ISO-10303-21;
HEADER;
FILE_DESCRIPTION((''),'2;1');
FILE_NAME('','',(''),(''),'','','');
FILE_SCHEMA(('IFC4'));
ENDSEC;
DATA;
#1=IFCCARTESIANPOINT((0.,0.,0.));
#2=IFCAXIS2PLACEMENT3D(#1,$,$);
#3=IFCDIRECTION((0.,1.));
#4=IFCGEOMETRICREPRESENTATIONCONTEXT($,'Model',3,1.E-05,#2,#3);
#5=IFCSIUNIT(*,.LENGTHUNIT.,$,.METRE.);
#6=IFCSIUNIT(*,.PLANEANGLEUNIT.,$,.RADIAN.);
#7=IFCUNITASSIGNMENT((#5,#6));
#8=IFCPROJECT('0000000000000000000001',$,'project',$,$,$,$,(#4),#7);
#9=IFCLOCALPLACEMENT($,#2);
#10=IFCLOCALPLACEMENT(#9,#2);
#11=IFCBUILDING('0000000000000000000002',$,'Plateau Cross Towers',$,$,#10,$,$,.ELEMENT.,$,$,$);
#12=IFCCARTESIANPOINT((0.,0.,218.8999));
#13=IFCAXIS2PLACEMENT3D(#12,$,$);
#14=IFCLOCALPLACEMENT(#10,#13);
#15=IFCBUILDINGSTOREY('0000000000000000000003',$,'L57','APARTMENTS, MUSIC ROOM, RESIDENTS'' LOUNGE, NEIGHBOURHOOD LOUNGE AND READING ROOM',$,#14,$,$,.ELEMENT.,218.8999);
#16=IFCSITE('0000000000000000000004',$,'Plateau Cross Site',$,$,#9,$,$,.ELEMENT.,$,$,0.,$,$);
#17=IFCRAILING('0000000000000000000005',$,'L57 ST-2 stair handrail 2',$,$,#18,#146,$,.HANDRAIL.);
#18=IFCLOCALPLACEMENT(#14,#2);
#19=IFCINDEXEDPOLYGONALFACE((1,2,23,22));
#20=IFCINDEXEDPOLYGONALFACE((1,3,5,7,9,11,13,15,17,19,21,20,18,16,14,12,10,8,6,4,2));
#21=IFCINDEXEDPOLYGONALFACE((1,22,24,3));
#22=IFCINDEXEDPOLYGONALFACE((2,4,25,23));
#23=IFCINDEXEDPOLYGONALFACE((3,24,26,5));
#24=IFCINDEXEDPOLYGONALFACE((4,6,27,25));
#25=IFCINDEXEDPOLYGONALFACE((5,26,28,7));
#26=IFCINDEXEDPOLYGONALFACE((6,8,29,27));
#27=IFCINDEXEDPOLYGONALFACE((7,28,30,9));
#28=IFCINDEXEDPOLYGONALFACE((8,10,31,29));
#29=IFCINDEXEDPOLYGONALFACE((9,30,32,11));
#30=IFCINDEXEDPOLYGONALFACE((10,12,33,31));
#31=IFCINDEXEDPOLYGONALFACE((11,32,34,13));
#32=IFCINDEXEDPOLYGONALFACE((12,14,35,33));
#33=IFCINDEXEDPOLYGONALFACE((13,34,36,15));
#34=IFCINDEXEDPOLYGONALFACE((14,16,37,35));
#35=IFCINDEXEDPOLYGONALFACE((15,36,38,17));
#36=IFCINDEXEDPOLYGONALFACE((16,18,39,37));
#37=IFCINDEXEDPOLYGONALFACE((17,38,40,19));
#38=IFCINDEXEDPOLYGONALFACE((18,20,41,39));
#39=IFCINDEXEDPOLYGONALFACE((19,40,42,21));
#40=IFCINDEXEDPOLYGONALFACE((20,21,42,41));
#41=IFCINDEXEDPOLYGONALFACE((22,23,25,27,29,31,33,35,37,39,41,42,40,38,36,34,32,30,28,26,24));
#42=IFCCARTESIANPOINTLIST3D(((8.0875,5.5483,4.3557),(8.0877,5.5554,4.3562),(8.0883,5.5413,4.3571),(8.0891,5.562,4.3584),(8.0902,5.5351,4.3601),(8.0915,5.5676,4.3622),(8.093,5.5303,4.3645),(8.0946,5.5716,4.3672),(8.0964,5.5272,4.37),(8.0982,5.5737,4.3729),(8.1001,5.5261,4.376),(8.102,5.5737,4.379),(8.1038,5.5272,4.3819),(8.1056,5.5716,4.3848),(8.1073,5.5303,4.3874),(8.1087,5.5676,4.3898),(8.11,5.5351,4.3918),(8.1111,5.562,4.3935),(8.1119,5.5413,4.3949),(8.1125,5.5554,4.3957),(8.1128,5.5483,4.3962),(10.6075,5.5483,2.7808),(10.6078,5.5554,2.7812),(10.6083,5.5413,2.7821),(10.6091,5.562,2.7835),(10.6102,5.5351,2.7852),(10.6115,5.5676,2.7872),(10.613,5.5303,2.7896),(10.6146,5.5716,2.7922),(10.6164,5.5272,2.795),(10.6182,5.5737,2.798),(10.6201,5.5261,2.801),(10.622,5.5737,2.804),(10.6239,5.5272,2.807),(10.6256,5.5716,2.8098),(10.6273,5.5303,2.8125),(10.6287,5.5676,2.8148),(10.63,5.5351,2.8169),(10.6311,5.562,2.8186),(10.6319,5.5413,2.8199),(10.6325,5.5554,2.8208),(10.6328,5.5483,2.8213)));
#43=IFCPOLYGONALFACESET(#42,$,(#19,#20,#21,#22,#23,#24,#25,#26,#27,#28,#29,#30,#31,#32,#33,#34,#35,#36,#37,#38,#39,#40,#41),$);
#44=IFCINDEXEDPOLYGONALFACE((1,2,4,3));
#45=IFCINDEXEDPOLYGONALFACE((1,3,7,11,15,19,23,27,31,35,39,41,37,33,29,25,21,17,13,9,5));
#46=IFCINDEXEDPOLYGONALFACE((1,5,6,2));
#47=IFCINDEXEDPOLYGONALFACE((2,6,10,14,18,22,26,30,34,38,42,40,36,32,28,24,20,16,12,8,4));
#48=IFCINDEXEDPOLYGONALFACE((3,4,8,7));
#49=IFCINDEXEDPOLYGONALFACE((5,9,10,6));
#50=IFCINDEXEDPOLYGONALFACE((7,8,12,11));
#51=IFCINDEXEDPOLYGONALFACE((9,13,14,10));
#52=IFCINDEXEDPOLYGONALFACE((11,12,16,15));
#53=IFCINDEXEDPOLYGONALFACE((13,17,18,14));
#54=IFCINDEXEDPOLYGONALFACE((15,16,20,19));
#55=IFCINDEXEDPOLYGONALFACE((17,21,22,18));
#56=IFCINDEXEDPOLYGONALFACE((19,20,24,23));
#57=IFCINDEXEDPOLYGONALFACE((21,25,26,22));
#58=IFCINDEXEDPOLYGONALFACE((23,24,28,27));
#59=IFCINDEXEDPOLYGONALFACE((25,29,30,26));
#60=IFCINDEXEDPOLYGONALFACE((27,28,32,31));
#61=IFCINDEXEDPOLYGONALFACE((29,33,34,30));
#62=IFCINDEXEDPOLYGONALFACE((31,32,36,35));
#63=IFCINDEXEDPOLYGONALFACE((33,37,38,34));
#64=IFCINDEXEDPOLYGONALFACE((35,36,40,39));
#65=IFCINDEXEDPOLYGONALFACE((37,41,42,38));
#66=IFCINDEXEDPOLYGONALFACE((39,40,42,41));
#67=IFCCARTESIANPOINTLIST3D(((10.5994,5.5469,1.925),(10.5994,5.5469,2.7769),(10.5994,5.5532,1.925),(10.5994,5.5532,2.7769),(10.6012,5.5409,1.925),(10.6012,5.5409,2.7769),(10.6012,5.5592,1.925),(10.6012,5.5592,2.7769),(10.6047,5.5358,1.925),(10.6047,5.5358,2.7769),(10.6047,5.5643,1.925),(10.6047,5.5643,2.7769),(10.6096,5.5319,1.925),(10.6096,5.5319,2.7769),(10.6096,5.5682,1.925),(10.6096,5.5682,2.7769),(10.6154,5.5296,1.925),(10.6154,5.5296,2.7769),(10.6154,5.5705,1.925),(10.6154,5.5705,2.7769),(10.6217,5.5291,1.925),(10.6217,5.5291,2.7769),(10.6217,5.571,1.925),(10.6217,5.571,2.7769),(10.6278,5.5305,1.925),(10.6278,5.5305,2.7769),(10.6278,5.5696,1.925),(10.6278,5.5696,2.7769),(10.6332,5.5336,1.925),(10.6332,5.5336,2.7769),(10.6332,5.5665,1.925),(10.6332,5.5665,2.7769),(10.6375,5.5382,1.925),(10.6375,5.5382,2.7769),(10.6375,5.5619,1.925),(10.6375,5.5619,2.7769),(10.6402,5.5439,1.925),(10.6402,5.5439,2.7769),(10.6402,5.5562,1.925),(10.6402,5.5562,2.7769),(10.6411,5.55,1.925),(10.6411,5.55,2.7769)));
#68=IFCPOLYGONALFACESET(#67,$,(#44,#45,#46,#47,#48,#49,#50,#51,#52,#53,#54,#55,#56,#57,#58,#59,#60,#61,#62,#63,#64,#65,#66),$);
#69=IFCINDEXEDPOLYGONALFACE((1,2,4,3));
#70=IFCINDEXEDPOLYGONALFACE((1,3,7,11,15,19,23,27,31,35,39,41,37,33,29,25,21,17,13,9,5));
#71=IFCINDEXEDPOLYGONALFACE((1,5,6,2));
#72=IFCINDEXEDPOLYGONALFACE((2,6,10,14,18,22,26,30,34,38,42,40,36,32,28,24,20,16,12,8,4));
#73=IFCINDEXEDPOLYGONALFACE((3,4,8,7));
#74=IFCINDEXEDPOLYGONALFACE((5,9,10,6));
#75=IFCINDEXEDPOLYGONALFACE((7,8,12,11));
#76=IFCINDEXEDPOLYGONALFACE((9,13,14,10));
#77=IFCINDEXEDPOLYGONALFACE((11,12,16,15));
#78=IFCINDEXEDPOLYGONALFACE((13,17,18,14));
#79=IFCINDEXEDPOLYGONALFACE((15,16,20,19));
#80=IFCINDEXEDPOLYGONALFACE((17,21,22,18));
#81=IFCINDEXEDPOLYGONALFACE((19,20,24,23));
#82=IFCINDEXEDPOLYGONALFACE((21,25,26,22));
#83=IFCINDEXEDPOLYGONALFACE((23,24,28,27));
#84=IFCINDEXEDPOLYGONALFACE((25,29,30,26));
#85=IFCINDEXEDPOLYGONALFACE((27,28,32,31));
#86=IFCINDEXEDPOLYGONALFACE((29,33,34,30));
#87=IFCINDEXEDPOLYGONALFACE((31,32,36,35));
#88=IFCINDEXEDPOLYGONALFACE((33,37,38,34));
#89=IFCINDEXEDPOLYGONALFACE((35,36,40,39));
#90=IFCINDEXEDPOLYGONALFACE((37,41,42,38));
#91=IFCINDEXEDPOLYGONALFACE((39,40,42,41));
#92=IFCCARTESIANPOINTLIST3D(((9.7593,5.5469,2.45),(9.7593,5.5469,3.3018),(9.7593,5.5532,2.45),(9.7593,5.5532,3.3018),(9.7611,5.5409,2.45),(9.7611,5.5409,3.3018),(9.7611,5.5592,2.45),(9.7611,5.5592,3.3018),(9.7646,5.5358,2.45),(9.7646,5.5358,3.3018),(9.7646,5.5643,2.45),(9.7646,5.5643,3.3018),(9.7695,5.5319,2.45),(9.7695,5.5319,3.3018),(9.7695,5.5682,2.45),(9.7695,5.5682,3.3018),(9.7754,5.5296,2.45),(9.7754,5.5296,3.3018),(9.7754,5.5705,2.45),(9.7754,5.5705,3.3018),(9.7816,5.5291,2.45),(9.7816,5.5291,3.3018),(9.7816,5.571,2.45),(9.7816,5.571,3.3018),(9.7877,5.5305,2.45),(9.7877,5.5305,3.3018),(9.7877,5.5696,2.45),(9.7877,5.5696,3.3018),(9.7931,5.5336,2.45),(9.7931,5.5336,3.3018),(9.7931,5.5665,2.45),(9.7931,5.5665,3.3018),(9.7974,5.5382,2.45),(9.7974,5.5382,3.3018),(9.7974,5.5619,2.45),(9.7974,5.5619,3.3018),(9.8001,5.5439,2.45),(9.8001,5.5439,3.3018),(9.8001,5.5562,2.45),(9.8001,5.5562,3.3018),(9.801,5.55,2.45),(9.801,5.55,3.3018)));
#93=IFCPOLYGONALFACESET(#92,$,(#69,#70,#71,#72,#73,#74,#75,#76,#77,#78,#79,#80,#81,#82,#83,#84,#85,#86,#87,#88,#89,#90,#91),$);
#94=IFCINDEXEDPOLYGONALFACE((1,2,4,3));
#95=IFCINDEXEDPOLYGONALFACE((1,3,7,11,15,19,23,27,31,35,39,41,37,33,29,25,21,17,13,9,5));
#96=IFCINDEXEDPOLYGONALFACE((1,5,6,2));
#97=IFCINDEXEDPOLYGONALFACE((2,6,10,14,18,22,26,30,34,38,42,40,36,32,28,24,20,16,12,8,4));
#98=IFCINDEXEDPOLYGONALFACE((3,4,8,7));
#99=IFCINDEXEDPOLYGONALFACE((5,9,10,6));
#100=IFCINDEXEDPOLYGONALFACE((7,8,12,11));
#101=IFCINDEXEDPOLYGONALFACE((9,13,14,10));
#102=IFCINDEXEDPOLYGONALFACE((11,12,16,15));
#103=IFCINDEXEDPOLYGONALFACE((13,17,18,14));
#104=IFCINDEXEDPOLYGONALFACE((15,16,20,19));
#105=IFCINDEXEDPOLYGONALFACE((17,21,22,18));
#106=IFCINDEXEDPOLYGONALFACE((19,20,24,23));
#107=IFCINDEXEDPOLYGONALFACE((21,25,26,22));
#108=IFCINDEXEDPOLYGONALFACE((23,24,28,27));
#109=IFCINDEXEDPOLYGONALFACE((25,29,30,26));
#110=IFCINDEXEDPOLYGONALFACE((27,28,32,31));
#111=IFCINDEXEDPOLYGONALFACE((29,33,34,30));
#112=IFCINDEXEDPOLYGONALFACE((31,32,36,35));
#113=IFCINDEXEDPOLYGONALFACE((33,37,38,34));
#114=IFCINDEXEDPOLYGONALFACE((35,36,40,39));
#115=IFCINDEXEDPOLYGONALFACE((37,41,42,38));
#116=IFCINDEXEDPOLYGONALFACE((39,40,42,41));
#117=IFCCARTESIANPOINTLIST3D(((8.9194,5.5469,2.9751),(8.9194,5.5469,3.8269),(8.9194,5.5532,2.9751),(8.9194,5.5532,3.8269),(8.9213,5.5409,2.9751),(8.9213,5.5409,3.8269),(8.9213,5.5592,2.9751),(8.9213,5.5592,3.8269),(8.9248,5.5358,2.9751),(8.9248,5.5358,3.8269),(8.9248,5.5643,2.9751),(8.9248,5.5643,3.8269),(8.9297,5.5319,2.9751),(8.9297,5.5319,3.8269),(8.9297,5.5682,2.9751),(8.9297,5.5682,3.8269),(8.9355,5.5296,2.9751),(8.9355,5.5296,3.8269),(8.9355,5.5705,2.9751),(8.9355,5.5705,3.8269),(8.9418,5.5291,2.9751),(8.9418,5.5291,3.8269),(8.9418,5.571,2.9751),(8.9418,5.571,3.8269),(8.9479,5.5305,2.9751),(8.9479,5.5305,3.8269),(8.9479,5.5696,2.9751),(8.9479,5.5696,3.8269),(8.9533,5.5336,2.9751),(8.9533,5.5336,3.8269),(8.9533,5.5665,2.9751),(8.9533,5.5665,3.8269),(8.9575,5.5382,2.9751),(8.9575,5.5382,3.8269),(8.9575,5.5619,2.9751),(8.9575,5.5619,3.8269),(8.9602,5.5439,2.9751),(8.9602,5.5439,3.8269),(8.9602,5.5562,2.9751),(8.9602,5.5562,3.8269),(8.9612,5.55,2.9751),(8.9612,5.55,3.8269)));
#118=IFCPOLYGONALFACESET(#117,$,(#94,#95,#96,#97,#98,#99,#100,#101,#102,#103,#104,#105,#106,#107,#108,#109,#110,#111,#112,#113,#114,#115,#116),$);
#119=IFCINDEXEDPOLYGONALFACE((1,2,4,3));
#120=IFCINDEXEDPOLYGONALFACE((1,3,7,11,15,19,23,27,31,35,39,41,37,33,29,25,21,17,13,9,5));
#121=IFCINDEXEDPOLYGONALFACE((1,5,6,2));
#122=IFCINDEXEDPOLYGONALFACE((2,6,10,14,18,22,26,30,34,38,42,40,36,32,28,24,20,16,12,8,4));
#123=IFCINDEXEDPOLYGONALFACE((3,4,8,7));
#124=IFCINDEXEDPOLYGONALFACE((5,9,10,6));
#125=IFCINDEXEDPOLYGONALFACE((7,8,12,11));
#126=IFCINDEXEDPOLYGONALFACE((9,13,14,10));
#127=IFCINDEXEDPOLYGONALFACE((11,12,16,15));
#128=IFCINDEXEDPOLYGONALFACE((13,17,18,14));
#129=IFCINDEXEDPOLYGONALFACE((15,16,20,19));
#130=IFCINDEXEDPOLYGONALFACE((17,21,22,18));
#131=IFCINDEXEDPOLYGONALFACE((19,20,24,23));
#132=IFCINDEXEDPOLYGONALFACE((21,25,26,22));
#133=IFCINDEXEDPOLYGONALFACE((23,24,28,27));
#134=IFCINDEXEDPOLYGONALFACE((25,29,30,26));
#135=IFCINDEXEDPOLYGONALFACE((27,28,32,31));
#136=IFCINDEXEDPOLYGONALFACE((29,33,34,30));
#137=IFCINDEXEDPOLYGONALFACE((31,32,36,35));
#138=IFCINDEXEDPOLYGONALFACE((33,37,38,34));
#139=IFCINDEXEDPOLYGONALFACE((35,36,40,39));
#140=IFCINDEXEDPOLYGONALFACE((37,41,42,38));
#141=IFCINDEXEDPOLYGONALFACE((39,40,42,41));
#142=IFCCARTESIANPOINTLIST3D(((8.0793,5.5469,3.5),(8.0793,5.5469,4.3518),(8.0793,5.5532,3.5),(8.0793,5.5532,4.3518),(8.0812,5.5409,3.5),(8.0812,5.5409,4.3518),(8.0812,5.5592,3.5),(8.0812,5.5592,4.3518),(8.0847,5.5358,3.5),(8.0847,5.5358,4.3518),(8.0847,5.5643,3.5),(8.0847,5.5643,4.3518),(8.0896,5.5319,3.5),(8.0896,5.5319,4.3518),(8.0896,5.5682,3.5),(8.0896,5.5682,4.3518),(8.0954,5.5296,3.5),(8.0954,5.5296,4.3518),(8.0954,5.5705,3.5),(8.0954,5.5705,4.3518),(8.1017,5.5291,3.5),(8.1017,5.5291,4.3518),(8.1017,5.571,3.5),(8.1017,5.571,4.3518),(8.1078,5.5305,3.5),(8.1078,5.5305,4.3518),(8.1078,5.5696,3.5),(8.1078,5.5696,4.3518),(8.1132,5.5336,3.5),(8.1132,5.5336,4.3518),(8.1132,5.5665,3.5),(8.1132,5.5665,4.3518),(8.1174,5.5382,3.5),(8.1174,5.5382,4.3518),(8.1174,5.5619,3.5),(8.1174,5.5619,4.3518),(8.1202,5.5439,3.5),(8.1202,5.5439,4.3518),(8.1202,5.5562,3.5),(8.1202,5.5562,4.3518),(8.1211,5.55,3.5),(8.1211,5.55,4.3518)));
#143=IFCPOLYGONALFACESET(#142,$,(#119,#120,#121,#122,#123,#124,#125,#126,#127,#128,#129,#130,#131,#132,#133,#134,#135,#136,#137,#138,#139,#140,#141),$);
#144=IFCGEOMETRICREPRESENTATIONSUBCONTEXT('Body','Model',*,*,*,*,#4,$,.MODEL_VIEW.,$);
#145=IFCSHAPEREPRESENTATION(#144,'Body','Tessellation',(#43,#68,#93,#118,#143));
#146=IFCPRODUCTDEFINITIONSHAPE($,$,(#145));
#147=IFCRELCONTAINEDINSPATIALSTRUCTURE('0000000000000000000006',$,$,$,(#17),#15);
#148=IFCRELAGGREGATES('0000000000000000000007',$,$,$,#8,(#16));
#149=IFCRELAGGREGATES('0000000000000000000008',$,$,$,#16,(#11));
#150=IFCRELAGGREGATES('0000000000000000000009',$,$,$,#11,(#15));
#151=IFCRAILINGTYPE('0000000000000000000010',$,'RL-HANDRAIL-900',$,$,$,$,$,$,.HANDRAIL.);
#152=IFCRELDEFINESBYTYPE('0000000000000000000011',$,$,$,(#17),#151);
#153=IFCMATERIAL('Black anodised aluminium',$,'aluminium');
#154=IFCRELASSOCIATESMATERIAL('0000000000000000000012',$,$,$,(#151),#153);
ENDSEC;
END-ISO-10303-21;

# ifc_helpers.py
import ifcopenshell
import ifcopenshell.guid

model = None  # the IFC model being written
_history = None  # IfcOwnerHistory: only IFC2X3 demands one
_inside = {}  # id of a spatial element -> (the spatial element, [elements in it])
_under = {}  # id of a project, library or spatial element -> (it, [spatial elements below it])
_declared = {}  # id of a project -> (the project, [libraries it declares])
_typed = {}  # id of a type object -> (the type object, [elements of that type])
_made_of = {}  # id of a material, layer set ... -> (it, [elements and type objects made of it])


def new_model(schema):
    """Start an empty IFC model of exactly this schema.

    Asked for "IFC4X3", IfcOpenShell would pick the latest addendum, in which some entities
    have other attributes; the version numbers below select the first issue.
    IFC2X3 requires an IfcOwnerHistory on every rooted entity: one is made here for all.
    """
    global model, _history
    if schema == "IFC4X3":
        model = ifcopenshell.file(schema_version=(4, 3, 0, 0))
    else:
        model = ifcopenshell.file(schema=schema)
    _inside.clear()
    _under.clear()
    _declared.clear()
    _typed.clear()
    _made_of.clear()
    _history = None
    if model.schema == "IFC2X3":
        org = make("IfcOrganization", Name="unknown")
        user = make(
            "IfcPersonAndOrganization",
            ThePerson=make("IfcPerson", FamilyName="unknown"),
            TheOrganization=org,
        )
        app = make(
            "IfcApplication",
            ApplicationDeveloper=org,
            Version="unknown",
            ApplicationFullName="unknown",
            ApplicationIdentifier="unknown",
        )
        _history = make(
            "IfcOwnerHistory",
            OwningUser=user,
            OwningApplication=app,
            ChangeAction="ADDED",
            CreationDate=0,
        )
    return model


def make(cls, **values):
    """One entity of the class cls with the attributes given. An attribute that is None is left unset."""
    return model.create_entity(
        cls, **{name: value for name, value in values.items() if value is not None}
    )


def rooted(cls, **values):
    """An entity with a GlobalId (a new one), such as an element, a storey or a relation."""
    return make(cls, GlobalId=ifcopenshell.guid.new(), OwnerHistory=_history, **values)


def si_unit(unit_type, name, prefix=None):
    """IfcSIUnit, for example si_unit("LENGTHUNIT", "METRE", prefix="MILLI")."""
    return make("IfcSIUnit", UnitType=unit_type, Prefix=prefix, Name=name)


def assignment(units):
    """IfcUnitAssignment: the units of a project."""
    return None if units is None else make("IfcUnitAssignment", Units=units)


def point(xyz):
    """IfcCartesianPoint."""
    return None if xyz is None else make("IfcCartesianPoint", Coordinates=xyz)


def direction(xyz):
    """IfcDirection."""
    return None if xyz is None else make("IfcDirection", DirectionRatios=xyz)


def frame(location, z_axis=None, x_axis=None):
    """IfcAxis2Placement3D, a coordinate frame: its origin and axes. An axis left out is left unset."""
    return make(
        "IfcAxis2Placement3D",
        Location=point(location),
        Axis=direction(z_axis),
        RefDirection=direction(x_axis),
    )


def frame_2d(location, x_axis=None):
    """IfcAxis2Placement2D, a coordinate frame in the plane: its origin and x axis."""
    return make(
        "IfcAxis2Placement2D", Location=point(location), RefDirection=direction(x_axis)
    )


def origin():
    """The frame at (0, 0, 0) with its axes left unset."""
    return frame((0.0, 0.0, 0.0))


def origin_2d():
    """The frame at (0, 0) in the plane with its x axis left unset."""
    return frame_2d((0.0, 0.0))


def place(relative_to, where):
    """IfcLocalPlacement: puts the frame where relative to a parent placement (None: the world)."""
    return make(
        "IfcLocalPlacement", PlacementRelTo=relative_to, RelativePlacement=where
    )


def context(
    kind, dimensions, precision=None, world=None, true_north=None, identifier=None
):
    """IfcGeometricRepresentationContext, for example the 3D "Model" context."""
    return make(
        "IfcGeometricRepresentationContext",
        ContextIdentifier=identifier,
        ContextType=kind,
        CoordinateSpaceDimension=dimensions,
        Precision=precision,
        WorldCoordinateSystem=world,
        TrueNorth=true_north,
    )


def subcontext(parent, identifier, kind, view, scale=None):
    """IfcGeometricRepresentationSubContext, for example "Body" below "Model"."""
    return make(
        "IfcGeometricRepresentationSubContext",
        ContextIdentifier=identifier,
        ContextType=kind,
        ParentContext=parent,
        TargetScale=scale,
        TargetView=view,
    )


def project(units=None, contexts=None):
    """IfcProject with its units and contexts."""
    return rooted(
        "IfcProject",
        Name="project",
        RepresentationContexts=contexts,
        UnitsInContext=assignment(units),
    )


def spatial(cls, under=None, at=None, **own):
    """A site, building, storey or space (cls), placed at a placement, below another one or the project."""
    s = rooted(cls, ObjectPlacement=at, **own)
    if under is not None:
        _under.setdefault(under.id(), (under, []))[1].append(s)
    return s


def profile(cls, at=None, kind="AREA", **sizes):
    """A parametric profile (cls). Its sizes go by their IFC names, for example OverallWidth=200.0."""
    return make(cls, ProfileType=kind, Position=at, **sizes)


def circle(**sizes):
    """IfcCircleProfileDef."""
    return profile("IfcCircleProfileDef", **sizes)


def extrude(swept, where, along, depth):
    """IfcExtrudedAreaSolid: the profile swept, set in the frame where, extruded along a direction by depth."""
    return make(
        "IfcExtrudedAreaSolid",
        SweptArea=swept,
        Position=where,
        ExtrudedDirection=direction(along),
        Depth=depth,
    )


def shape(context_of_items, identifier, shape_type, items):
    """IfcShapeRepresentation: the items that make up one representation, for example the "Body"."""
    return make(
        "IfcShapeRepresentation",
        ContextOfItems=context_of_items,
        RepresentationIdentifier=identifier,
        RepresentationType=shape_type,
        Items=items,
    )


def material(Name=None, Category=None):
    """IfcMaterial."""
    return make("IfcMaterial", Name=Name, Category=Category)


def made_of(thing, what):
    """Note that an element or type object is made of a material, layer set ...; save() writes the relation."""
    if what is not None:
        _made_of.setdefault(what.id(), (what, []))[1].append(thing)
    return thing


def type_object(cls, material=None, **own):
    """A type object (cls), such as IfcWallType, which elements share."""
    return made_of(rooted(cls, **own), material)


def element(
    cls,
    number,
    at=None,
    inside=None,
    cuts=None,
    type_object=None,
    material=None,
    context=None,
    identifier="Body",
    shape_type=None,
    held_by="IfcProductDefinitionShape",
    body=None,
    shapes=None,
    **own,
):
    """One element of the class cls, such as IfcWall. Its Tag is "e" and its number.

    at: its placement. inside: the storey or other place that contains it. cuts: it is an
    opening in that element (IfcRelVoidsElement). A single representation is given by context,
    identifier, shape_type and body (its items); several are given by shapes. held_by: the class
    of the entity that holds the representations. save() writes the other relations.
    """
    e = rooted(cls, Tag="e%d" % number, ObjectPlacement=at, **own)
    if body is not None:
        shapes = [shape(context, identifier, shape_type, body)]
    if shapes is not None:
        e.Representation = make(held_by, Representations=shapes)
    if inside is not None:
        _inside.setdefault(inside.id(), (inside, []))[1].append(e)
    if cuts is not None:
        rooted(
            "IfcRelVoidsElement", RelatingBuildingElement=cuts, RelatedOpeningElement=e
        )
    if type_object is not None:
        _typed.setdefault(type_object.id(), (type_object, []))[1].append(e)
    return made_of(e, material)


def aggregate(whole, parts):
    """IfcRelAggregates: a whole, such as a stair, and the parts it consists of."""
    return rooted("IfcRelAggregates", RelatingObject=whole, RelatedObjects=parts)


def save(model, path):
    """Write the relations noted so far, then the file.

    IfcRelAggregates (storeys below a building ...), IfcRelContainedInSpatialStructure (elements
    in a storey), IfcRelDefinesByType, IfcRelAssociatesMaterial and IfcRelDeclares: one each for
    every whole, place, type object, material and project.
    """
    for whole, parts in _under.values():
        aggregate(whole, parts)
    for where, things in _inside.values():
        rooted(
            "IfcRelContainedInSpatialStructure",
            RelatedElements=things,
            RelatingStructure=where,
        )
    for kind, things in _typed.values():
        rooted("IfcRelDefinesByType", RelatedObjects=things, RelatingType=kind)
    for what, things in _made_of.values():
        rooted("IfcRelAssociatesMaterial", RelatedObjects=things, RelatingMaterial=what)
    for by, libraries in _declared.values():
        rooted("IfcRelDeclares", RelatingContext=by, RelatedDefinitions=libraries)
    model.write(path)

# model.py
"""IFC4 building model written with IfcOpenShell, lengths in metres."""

from ifc_helpers import new_model, si_unit, direction, frame, origin, origin_2d, place, context, subcontext, project, spatial, circle, extrude, material, type_object, element, save


model = new_model("IFC4")

# Units and contexts
model_context = context("Model", 3, precision=1e-05, world=origin(), true_north=direction((0.0, 1.0)))
body_context = subcontext(model_context, "Body", "Model", "MODEL_VIEW")
ifc_project = project(units=[si_unit("LENGTHUNIT", "METRE"), si_unit("PLANEANGLEUNIT", "RADIAN")], contexts=[model_context])

# Site, building, storey
site_placement = place(None, origin())
site = spatial("IfcSite", under=ifc_project, at=site_placement, Name="Plateau Cross Site", CompositionType="ELEMENT", RefElevation=0.0)
building_placement = place(site_placement, origin())
building = spatial("IfcBuilding", under=site, at=building_placement, Name="Plateau Cross Towers", CompositionType="ELEMENT")
storey_placement = place(building_placement, frame((0.0, 0.0, 218.8999)))
storey = spatial("IfcBuildingStorey", under=building, at=storey_placement, Name="L57", Description="APARTMENTS, MUSIC ROOM, RESIDENTS' LOUNGE, NEIGHBOURHOOD LOUNGE AND READING ROOM", CompositionType="ELEMENT", Elevation=218.8999)

# Railing
ifc_material_1 = material(Name="Black anodised aluminium", Category="aluminium")
railing_type_1 = type_object("IfcRailingType", Name="RL-HANDRAIL-900", PredefinedType="HANDRAIL", material=ifc_material_1)
railing_1_placement = place(storey_placement, frame((10.6201, 5.55, 1.925)))
element("IfcRailing", 1, at=railing_1_placement, inside=storey, type_object=railing_type_1, Name="L57 ST-2 stair handrail 2", PredefinedType="HANDRAIL", context=body_context, shape_type="SweptSolid", body=[
    extrude(circle(Radius=0.0239, at=origin_2d()), frame((0.0, 0.0, 0.876), z_axis=(-0.848008, 0.0, 0.529984), x_axis=(0.0, -1.0, 0.0)), (0.0, 0.0, 1.0), 2.9717),
    extrude(circle(Radius=0.021, at=origin_2d()), origin(), (0.0, 0.0, 1.0), 0.8518),
    extrude(circle(Radius=0.021, at=origin_2d()), frame((-0.8401, 0.0, 0.5249)), (0.0, 0.0, 1.0), 0.8518),
    extrude(circle(Radius=0.021, at=origin_2d()), frame((-1.6799, 0.0, 1.05)), (0.0, 0.0, 1.0), 0.8518),
    extrude(circle(Radius=0.021, at=origin_2d()), frame((-2.52, 0.0, 1.575)), (0.0, 0.0, 1.0), 0.8518),
])

save(model, "model.ifc")
